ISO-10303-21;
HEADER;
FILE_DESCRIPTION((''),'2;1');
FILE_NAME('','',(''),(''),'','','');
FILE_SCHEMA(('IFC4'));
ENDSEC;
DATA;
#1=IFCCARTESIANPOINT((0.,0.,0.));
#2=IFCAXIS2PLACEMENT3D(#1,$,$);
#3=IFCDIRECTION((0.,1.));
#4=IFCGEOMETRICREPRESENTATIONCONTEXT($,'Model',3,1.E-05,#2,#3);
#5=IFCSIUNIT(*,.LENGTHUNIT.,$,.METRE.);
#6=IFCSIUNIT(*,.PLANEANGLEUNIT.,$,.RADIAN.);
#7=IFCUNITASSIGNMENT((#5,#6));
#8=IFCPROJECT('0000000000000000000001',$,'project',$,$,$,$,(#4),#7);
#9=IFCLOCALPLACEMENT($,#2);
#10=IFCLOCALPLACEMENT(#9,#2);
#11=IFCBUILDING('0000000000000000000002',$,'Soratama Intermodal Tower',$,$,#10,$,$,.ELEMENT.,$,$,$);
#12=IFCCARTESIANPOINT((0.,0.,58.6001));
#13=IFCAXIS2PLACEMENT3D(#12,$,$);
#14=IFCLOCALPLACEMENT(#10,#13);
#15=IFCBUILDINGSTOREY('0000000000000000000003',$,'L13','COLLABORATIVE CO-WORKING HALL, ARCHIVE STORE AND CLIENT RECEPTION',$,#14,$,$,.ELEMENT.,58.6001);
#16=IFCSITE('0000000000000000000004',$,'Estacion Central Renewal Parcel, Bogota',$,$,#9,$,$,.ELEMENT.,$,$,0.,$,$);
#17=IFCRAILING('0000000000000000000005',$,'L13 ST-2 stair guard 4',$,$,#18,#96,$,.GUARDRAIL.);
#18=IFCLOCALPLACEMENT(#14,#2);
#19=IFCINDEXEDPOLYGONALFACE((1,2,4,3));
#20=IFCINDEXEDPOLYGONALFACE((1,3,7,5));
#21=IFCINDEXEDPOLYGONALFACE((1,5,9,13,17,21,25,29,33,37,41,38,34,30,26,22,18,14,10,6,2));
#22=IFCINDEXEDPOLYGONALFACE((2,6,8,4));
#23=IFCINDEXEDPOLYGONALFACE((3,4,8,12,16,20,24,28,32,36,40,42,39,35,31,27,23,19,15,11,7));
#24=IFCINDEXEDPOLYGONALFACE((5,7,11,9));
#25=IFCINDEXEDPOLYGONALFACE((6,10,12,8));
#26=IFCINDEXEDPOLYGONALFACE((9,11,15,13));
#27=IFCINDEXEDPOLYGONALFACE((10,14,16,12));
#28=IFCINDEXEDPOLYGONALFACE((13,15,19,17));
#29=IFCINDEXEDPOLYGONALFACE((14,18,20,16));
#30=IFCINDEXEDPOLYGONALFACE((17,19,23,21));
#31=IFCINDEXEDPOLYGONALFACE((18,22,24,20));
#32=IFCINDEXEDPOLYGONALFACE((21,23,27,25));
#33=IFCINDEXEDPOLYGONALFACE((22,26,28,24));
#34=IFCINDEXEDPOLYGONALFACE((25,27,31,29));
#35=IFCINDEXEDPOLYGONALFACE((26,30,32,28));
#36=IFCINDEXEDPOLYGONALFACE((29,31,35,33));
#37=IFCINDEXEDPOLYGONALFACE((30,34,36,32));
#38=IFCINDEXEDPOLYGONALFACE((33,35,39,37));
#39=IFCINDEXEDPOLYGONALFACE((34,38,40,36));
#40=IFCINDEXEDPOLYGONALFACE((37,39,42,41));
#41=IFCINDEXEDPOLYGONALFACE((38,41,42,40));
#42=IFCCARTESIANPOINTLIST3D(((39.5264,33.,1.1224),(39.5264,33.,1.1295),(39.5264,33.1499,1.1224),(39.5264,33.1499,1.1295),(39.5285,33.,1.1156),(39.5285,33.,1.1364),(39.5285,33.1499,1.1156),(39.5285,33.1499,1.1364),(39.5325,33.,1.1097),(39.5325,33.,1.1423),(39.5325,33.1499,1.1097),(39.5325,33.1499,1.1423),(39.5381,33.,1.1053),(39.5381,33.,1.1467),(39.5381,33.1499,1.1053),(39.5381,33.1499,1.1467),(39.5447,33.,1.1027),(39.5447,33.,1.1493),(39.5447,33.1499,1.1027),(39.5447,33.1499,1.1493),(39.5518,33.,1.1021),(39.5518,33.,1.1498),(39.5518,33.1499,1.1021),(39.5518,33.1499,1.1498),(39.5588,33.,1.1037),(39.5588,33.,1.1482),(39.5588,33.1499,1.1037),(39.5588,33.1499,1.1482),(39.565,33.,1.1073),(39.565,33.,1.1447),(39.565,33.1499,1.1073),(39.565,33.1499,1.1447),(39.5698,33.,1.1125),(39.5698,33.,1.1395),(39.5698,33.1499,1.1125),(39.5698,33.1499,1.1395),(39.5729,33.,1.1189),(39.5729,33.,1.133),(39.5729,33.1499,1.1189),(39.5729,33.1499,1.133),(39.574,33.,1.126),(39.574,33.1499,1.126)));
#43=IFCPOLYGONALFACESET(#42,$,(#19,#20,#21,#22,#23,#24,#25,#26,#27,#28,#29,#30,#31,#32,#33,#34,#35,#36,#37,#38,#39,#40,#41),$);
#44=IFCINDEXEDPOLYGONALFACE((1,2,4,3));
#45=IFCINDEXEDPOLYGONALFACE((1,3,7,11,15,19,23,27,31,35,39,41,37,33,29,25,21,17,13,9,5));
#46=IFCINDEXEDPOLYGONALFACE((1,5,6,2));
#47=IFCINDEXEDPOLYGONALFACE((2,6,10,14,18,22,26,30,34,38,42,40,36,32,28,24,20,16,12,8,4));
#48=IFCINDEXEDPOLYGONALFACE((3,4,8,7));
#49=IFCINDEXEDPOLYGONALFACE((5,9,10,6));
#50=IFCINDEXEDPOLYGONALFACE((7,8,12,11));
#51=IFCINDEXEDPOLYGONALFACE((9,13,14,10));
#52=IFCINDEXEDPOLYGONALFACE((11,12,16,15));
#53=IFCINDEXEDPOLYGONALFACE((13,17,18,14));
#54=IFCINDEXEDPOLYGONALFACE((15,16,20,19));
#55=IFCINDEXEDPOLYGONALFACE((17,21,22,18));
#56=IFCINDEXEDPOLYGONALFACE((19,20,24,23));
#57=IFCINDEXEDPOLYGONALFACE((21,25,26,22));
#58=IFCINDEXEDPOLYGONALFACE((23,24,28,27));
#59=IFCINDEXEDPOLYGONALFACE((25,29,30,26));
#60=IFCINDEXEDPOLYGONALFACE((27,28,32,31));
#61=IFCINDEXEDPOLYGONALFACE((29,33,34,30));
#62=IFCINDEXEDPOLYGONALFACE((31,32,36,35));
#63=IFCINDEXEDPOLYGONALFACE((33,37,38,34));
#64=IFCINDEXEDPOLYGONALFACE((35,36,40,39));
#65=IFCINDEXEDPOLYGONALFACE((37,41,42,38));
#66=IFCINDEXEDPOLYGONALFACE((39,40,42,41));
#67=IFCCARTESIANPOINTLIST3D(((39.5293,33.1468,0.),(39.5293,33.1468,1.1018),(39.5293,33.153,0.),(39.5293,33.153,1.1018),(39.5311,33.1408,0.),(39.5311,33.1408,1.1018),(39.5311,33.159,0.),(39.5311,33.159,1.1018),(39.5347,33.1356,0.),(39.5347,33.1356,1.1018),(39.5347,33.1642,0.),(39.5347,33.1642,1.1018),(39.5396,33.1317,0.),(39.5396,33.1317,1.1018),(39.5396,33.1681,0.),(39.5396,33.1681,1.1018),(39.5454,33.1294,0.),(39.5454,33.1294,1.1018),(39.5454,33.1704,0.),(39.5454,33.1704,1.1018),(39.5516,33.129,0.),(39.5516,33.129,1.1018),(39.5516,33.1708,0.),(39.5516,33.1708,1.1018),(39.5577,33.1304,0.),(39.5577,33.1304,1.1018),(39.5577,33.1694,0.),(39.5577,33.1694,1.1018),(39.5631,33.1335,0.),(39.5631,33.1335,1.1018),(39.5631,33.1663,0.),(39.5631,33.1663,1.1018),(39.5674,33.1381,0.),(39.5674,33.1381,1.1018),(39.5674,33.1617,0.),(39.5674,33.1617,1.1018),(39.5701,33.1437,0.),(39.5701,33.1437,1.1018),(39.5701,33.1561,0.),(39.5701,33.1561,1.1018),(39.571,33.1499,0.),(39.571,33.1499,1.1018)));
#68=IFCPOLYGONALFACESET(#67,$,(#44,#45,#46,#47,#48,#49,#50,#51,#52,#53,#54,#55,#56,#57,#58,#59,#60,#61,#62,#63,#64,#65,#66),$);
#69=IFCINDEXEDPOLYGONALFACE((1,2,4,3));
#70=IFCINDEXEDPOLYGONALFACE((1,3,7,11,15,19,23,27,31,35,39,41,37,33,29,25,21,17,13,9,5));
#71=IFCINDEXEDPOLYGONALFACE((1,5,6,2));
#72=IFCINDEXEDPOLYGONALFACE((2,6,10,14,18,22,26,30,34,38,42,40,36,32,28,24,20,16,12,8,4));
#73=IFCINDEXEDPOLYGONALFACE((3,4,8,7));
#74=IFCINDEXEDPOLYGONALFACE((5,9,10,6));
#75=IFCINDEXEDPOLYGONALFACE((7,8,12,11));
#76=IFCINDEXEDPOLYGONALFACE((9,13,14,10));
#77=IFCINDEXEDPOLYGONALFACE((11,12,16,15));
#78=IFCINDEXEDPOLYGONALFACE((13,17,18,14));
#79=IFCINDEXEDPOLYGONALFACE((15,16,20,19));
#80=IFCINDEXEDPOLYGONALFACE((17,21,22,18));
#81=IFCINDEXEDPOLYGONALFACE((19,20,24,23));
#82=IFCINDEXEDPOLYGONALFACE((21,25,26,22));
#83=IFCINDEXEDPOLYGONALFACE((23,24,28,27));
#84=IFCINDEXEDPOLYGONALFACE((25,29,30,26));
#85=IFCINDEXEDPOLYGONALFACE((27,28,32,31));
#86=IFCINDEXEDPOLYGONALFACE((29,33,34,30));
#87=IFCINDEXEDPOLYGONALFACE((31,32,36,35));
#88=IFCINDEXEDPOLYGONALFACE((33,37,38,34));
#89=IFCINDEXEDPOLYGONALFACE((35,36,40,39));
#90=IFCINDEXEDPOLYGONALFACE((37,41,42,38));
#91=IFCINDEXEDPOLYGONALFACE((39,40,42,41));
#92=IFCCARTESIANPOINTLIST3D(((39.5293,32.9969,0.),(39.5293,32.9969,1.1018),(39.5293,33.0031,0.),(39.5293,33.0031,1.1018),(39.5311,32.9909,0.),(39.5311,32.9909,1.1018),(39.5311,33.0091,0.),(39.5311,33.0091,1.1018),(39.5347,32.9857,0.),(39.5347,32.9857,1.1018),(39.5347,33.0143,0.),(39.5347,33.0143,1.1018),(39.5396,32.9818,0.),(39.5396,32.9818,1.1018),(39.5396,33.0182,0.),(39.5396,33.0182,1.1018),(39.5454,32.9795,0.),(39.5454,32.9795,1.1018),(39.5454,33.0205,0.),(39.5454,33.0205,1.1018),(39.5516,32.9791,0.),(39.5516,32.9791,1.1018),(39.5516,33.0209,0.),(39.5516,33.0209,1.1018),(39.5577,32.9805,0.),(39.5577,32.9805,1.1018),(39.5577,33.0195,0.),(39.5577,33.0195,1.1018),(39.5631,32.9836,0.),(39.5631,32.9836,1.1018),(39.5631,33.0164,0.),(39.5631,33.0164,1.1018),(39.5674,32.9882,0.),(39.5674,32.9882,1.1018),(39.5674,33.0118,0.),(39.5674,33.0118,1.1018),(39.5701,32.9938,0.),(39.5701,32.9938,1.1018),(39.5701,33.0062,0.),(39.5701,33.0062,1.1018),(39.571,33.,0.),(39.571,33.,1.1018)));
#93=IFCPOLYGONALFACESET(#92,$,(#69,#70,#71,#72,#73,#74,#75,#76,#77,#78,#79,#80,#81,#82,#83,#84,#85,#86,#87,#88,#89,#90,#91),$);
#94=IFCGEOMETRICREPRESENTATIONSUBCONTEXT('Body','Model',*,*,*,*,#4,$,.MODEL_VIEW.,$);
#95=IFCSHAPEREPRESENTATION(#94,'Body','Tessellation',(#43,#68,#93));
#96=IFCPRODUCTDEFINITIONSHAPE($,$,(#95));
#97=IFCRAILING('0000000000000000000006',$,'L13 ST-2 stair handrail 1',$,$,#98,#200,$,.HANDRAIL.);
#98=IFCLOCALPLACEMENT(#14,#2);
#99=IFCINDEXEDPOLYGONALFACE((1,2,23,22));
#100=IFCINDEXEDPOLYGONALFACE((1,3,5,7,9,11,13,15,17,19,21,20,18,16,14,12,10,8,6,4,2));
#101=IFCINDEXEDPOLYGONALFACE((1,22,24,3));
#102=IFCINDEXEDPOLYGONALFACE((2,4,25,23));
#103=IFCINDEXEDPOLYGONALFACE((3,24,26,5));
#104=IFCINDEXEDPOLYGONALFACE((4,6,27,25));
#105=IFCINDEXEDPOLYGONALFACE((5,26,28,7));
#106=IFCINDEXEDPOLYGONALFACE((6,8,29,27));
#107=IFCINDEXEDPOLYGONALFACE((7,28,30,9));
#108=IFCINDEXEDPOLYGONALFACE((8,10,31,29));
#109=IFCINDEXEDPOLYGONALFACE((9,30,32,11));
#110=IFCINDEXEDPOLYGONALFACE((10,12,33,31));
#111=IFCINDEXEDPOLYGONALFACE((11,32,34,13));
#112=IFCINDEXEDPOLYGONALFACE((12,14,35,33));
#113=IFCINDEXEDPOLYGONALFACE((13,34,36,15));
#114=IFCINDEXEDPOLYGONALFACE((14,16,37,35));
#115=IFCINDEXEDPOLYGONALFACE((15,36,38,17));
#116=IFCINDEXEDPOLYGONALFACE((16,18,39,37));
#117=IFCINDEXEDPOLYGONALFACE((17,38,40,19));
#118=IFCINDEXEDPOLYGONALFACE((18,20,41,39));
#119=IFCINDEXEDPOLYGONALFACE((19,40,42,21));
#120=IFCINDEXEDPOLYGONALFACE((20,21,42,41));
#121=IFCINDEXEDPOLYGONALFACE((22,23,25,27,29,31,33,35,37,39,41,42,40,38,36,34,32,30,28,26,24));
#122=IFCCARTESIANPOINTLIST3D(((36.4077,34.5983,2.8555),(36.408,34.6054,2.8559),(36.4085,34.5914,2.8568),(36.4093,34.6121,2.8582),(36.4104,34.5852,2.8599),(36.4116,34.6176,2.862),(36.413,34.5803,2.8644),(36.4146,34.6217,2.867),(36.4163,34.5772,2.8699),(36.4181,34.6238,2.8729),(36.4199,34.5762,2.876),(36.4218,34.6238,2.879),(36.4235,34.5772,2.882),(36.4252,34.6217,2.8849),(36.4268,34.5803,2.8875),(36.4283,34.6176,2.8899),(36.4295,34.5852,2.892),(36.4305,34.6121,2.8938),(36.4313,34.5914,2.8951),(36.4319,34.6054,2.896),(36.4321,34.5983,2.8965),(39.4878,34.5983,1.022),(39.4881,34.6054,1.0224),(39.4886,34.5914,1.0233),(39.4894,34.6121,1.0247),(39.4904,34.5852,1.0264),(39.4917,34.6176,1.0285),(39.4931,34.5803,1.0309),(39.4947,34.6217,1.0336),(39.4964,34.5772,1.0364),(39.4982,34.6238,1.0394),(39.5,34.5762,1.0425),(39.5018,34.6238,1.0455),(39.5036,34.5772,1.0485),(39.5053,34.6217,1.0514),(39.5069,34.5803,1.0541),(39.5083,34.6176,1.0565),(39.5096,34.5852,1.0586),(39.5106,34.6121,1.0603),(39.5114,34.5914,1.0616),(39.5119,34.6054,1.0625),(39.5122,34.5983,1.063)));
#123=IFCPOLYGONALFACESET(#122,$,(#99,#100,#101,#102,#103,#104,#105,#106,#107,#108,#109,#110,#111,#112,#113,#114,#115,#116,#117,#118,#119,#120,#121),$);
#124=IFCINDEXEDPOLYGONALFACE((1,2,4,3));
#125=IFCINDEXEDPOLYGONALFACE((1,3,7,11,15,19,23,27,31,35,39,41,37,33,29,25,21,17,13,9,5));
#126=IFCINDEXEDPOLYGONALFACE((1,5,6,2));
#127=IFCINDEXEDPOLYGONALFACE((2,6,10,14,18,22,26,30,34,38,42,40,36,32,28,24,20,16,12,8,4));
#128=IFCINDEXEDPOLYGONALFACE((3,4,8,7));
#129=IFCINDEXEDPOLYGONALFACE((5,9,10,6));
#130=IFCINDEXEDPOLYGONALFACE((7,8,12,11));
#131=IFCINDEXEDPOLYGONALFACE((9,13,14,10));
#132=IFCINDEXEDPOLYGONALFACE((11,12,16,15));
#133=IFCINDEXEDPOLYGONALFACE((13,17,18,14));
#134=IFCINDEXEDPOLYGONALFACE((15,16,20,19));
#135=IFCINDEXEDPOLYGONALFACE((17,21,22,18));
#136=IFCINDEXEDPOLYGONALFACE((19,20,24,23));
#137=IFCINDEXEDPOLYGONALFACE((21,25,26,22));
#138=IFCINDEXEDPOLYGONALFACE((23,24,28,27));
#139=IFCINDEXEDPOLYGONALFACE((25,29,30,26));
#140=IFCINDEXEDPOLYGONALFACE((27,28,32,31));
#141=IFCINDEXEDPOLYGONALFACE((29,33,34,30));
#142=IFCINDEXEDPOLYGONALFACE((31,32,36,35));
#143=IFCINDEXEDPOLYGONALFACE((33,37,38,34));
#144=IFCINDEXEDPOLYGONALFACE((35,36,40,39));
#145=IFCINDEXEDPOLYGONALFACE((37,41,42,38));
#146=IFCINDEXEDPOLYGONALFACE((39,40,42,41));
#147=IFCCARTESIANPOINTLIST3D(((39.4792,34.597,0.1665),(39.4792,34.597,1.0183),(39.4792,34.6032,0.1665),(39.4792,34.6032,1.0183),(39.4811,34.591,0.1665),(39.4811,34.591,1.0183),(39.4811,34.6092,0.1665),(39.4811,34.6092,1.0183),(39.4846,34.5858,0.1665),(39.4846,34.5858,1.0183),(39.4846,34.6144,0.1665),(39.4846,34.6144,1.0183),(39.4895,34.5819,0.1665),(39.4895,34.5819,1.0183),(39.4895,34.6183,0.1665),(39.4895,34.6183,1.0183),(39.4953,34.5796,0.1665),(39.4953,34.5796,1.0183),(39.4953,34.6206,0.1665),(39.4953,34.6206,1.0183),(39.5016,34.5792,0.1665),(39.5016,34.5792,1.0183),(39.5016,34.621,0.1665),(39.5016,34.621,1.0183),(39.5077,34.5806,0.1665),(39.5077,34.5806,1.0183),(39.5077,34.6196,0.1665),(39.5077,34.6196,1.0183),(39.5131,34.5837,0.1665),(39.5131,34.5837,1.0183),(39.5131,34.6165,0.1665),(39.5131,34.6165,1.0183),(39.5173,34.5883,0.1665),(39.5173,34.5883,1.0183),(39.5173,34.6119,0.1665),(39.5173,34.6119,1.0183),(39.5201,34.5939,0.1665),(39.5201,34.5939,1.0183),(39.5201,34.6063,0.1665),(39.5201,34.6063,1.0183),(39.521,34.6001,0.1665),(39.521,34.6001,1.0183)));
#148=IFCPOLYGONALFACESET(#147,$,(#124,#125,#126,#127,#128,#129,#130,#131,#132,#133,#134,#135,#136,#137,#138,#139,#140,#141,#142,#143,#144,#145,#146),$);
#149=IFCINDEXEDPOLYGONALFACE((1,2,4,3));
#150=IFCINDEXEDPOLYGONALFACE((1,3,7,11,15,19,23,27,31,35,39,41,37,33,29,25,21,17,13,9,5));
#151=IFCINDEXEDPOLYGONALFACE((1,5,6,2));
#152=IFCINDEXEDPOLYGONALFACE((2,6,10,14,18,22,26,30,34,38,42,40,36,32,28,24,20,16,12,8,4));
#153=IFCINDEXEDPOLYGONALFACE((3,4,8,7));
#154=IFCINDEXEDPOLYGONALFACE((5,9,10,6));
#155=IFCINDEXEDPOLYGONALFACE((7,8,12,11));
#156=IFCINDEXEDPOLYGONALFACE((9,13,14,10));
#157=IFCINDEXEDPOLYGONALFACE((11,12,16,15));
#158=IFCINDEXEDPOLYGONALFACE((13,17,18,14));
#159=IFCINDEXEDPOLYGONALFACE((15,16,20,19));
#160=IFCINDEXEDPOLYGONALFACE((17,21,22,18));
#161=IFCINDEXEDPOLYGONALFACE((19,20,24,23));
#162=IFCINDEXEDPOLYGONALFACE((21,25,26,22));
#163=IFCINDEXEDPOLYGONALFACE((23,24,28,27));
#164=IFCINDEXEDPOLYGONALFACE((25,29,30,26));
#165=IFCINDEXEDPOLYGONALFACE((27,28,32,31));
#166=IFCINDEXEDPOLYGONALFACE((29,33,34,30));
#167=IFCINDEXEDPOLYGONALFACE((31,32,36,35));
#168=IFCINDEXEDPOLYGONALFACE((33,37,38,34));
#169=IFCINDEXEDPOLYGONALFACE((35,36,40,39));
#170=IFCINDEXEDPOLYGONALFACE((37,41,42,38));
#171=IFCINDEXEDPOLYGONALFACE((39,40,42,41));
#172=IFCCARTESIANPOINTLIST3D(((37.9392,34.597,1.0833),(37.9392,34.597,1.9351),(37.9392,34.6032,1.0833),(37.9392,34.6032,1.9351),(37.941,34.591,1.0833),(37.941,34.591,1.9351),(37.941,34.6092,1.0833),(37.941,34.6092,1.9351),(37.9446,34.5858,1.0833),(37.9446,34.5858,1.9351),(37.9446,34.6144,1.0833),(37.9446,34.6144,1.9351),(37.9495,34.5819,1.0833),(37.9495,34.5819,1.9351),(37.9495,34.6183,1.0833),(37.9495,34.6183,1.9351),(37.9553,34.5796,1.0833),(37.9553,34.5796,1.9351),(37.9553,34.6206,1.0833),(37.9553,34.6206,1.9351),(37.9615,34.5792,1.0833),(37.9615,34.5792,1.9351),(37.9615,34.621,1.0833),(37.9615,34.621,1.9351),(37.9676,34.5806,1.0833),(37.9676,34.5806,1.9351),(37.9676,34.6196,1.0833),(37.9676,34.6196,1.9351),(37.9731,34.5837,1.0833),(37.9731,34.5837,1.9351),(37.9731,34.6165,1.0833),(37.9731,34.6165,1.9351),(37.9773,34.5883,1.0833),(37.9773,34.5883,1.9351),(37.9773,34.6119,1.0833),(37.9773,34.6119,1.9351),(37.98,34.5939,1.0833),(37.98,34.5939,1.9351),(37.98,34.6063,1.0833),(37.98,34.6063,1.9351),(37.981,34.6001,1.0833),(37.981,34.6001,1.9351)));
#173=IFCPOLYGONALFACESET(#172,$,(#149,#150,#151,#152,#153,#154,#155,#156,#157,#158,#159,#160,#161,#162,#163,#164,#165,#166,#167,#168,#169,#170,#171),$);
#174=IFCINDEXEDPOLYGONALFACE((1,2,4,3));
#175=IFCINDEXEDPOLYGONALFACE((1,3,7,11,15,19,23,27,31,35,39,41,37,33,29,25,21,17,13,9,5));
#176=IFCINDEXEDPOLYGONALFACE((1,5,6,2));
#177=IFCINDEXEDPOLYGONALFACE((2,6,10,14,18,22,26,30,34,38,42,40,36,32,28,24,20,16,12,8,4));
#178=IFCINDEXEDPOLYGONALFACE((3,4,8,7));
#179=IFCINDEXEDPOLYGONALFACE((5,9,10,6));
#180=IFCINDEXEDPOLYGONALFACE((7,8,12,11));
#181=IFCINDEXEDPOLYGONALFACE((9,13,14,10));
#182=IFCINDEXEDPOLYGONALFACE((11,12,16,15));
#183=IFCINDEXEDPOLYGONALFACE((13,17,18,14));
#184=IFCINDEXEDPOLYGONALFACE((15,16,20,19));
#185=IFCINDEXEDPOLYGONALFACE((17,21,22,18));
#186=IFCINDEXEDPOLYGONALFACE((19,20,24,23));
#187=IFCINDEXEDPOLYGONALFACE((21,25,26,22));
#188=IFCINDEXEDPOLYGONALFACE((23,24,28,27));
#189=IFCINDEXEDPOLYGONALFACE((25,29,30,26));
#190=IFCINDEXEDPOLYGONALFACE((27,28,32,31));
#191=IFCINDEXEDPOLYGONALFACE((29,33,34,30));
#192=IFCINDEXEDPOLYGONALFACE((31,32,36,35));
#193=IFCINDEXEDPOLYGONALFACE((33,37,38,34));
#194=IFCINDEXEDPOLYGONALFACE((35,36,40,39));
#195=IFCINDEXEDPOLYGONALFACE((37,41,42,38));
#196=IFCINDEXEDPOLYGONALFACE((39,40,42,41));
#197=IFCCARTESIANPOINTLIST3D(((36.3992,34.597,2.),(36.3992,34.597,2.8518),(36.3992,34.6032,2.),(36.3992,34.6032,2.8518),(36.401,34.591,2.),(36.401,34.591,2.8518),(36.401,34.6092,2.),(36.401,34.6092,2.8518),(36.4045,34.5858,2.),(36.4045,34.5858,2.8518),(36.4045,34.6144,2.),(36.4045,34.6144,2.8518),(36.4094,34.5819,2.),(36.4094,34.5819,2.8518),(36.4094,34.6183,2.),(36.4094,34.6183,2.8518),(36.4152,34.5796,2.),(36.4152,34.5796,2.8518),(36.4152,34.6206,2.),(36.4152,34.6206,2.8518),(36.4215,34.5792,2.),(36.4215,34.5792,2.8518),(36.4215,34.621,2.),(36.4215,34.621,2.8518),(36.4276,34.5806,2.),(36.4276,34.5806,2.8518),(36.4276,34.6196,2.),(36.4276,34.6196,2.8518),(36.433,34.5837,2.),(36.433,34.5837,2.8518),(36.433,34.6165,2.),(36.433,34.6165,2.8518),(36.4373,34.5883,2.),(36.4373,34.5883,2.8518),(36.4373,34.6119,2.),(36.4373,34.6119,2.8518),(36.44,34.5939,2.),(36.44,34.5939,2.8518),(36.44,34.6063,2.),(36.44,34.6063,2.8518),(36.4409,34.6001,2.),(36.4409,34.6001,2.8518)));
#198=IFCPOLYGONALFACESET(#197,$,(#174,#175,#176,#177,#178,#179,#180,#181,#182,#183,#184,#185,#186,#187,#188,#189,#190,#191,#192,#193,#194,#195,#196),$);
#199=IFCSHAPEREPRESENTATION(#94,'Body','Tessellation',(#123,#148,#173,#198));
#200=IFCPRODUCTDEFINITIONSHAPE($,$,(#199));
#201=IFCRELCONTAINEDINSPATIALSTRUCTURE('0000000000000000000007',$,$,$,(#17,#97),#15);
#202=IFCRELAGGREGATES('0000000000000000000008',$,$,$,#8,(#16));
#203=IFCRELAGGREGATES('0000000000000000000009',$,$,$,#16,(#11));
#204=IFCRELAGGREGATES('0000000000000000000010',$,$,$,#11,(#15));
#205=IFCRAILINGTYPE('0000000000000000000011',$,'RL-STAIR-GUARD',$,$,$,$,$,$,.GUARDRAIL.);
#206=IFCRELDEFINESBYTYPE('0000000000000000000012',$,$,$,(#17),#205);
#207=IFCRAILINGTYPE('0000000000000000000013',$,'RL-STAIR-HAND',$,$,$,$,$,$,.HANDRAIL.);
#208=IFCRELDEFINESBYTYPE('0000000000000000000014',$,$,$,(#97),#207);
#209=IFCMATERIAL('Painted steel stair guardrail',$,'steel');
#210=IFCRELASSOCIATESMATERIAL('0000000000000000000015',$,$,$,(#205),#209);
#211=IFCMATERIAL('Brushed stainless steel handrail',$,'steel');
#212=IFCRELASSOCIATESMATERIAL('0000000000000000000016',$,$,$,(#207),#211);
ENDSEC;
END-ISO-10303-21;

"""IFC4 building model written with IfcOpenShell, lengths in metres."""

from ifc_helpers import new_model, si_unit, direction, frame, origin, origin_2d, place, context, subcontext, project, spatial, circle, extrude, material, type_object, element, save


model = new_model("IFC4")

# Units and contexts
model_context = context("Model", 3, precision=1e-05, world=origin(), true_north=direction((0.0, 1.0)))
body_context = subcontext(model_context, "Body", "Model", "MODEL_VIEW")
ifc_project = project(units=[si_unit("LENGTHUNIT", "METRE"), si_unit("PLANEANGLEUNIT", "RADIAN")], contexts=[model_context])

# Site, building, storey
site_placement = place(None, origin())
site = spatial("IfcSite", under=ifc_project, at=site_placement, Name="Estacion Central Renewal Parcel, Bogota", CompositionType="ELEMENT", RefElevation=0.0)
building_placement = place(site_placement, origin())
building = spatial("IfcBuilding", under=site, at=building_placement, Name="Soratama Intermodal Tower", CompositionType="ELEMENT")
storey_placement = place(building_placement, frame((0.0, 0.0, 58.6001)))
storey = spatial("IfcBuildingStorey", under=building, at=storey_placement, Name="L13", Description="COLLABORATIVE CO-WORKING HALL, ARCHIVE STORE AND CLIENT RECEPTION", CompositionType="ELEMENT", Elevation=58.6001)

# Railings
ifc_material_1 = material(Name="Painted steel stair guardrail", Category="steel")
railing_type_1 = type_object("IfcRailingType", Name="RL-STAIR-GUARD", PredefinedType="GUARDRAIL", material=ifc_material_1)
railing_1_placement = place(storey_placement, frame((39.55, 33.1499, 0.0)))
element("IfcRailing", 1, at=railing_1_placement, inside=storey, type_object=railing_type_1, Name="L13 ST-2 stair guard 4", PredefinedType="GUARDRAIL", context=body_context, shape_type="SweptSolid", body=[
    extrude(circle(Radius=0.0239, at=origin_2d()), frame((0.0, 0.0, 1.126), z_axis=(0.0, -1.0, 0.0), x_axis=(1.0, 0.0, 0.0)), (0.0, 0.0, 1.0), 0.1499),
    extrude(circle(Radius=0.021, at=origin_2d()), origin(), (0.0, 0.0, 1.0), 1.1018),
    extrude(circle(Radius=0.021, at=origin_2d()), frame((0.0, -0.1499, 0.0)), (0.0, 0.0, 1.0), 1.1018),
])
ifc_material_2 = material(Name="Brushed stainless steel handrail", Category="steel")
railing_type_2 = type_object("IfcRailingType", Name="RL-STAIR-HAND", PredefinedType="HANDRAIL", material=ifc_material_2)
railing_2_placement = place(storey_placement, frame((39.5, 34.6001, 0.1665)))
element("IfcRailing", 2, at=railing_2_placement, inside=storey, type_object=railing_type_2, Name="L13 ST-2 stair handrail 1", PredefinedType="HANDRAIL", context=body_context, shape_type="SweptSolid", body=[
    extrude(circle(Radius=0.0239, at=origin_2d()), frame((0.0, 0.0, 0.876), z_axis=(-0.859279, 0.0, 0.511508), x_axis=(0.0, -1.0, 0.0)), (0.0, 0.0, 1.0), 3.5845),
    extrude(circle(Radius=0.021, at=origin_2d()), origin(), (0.0, 0.0, 1.0), 0.8518),
    extrude(circle(Radius=0.021, at=origin_2d()), frame((-1.54, 0.0, 0.9167)), (0.0, 0.0, 1.0), 0.8518),
    extrude(circle(Radius=0.021, at=origin_2d()), frame((-3.0801, 0.0, 1.8335)), (0.0, 0.0, 1.0), 0.8518),
])

save(model, "model.ifc")
